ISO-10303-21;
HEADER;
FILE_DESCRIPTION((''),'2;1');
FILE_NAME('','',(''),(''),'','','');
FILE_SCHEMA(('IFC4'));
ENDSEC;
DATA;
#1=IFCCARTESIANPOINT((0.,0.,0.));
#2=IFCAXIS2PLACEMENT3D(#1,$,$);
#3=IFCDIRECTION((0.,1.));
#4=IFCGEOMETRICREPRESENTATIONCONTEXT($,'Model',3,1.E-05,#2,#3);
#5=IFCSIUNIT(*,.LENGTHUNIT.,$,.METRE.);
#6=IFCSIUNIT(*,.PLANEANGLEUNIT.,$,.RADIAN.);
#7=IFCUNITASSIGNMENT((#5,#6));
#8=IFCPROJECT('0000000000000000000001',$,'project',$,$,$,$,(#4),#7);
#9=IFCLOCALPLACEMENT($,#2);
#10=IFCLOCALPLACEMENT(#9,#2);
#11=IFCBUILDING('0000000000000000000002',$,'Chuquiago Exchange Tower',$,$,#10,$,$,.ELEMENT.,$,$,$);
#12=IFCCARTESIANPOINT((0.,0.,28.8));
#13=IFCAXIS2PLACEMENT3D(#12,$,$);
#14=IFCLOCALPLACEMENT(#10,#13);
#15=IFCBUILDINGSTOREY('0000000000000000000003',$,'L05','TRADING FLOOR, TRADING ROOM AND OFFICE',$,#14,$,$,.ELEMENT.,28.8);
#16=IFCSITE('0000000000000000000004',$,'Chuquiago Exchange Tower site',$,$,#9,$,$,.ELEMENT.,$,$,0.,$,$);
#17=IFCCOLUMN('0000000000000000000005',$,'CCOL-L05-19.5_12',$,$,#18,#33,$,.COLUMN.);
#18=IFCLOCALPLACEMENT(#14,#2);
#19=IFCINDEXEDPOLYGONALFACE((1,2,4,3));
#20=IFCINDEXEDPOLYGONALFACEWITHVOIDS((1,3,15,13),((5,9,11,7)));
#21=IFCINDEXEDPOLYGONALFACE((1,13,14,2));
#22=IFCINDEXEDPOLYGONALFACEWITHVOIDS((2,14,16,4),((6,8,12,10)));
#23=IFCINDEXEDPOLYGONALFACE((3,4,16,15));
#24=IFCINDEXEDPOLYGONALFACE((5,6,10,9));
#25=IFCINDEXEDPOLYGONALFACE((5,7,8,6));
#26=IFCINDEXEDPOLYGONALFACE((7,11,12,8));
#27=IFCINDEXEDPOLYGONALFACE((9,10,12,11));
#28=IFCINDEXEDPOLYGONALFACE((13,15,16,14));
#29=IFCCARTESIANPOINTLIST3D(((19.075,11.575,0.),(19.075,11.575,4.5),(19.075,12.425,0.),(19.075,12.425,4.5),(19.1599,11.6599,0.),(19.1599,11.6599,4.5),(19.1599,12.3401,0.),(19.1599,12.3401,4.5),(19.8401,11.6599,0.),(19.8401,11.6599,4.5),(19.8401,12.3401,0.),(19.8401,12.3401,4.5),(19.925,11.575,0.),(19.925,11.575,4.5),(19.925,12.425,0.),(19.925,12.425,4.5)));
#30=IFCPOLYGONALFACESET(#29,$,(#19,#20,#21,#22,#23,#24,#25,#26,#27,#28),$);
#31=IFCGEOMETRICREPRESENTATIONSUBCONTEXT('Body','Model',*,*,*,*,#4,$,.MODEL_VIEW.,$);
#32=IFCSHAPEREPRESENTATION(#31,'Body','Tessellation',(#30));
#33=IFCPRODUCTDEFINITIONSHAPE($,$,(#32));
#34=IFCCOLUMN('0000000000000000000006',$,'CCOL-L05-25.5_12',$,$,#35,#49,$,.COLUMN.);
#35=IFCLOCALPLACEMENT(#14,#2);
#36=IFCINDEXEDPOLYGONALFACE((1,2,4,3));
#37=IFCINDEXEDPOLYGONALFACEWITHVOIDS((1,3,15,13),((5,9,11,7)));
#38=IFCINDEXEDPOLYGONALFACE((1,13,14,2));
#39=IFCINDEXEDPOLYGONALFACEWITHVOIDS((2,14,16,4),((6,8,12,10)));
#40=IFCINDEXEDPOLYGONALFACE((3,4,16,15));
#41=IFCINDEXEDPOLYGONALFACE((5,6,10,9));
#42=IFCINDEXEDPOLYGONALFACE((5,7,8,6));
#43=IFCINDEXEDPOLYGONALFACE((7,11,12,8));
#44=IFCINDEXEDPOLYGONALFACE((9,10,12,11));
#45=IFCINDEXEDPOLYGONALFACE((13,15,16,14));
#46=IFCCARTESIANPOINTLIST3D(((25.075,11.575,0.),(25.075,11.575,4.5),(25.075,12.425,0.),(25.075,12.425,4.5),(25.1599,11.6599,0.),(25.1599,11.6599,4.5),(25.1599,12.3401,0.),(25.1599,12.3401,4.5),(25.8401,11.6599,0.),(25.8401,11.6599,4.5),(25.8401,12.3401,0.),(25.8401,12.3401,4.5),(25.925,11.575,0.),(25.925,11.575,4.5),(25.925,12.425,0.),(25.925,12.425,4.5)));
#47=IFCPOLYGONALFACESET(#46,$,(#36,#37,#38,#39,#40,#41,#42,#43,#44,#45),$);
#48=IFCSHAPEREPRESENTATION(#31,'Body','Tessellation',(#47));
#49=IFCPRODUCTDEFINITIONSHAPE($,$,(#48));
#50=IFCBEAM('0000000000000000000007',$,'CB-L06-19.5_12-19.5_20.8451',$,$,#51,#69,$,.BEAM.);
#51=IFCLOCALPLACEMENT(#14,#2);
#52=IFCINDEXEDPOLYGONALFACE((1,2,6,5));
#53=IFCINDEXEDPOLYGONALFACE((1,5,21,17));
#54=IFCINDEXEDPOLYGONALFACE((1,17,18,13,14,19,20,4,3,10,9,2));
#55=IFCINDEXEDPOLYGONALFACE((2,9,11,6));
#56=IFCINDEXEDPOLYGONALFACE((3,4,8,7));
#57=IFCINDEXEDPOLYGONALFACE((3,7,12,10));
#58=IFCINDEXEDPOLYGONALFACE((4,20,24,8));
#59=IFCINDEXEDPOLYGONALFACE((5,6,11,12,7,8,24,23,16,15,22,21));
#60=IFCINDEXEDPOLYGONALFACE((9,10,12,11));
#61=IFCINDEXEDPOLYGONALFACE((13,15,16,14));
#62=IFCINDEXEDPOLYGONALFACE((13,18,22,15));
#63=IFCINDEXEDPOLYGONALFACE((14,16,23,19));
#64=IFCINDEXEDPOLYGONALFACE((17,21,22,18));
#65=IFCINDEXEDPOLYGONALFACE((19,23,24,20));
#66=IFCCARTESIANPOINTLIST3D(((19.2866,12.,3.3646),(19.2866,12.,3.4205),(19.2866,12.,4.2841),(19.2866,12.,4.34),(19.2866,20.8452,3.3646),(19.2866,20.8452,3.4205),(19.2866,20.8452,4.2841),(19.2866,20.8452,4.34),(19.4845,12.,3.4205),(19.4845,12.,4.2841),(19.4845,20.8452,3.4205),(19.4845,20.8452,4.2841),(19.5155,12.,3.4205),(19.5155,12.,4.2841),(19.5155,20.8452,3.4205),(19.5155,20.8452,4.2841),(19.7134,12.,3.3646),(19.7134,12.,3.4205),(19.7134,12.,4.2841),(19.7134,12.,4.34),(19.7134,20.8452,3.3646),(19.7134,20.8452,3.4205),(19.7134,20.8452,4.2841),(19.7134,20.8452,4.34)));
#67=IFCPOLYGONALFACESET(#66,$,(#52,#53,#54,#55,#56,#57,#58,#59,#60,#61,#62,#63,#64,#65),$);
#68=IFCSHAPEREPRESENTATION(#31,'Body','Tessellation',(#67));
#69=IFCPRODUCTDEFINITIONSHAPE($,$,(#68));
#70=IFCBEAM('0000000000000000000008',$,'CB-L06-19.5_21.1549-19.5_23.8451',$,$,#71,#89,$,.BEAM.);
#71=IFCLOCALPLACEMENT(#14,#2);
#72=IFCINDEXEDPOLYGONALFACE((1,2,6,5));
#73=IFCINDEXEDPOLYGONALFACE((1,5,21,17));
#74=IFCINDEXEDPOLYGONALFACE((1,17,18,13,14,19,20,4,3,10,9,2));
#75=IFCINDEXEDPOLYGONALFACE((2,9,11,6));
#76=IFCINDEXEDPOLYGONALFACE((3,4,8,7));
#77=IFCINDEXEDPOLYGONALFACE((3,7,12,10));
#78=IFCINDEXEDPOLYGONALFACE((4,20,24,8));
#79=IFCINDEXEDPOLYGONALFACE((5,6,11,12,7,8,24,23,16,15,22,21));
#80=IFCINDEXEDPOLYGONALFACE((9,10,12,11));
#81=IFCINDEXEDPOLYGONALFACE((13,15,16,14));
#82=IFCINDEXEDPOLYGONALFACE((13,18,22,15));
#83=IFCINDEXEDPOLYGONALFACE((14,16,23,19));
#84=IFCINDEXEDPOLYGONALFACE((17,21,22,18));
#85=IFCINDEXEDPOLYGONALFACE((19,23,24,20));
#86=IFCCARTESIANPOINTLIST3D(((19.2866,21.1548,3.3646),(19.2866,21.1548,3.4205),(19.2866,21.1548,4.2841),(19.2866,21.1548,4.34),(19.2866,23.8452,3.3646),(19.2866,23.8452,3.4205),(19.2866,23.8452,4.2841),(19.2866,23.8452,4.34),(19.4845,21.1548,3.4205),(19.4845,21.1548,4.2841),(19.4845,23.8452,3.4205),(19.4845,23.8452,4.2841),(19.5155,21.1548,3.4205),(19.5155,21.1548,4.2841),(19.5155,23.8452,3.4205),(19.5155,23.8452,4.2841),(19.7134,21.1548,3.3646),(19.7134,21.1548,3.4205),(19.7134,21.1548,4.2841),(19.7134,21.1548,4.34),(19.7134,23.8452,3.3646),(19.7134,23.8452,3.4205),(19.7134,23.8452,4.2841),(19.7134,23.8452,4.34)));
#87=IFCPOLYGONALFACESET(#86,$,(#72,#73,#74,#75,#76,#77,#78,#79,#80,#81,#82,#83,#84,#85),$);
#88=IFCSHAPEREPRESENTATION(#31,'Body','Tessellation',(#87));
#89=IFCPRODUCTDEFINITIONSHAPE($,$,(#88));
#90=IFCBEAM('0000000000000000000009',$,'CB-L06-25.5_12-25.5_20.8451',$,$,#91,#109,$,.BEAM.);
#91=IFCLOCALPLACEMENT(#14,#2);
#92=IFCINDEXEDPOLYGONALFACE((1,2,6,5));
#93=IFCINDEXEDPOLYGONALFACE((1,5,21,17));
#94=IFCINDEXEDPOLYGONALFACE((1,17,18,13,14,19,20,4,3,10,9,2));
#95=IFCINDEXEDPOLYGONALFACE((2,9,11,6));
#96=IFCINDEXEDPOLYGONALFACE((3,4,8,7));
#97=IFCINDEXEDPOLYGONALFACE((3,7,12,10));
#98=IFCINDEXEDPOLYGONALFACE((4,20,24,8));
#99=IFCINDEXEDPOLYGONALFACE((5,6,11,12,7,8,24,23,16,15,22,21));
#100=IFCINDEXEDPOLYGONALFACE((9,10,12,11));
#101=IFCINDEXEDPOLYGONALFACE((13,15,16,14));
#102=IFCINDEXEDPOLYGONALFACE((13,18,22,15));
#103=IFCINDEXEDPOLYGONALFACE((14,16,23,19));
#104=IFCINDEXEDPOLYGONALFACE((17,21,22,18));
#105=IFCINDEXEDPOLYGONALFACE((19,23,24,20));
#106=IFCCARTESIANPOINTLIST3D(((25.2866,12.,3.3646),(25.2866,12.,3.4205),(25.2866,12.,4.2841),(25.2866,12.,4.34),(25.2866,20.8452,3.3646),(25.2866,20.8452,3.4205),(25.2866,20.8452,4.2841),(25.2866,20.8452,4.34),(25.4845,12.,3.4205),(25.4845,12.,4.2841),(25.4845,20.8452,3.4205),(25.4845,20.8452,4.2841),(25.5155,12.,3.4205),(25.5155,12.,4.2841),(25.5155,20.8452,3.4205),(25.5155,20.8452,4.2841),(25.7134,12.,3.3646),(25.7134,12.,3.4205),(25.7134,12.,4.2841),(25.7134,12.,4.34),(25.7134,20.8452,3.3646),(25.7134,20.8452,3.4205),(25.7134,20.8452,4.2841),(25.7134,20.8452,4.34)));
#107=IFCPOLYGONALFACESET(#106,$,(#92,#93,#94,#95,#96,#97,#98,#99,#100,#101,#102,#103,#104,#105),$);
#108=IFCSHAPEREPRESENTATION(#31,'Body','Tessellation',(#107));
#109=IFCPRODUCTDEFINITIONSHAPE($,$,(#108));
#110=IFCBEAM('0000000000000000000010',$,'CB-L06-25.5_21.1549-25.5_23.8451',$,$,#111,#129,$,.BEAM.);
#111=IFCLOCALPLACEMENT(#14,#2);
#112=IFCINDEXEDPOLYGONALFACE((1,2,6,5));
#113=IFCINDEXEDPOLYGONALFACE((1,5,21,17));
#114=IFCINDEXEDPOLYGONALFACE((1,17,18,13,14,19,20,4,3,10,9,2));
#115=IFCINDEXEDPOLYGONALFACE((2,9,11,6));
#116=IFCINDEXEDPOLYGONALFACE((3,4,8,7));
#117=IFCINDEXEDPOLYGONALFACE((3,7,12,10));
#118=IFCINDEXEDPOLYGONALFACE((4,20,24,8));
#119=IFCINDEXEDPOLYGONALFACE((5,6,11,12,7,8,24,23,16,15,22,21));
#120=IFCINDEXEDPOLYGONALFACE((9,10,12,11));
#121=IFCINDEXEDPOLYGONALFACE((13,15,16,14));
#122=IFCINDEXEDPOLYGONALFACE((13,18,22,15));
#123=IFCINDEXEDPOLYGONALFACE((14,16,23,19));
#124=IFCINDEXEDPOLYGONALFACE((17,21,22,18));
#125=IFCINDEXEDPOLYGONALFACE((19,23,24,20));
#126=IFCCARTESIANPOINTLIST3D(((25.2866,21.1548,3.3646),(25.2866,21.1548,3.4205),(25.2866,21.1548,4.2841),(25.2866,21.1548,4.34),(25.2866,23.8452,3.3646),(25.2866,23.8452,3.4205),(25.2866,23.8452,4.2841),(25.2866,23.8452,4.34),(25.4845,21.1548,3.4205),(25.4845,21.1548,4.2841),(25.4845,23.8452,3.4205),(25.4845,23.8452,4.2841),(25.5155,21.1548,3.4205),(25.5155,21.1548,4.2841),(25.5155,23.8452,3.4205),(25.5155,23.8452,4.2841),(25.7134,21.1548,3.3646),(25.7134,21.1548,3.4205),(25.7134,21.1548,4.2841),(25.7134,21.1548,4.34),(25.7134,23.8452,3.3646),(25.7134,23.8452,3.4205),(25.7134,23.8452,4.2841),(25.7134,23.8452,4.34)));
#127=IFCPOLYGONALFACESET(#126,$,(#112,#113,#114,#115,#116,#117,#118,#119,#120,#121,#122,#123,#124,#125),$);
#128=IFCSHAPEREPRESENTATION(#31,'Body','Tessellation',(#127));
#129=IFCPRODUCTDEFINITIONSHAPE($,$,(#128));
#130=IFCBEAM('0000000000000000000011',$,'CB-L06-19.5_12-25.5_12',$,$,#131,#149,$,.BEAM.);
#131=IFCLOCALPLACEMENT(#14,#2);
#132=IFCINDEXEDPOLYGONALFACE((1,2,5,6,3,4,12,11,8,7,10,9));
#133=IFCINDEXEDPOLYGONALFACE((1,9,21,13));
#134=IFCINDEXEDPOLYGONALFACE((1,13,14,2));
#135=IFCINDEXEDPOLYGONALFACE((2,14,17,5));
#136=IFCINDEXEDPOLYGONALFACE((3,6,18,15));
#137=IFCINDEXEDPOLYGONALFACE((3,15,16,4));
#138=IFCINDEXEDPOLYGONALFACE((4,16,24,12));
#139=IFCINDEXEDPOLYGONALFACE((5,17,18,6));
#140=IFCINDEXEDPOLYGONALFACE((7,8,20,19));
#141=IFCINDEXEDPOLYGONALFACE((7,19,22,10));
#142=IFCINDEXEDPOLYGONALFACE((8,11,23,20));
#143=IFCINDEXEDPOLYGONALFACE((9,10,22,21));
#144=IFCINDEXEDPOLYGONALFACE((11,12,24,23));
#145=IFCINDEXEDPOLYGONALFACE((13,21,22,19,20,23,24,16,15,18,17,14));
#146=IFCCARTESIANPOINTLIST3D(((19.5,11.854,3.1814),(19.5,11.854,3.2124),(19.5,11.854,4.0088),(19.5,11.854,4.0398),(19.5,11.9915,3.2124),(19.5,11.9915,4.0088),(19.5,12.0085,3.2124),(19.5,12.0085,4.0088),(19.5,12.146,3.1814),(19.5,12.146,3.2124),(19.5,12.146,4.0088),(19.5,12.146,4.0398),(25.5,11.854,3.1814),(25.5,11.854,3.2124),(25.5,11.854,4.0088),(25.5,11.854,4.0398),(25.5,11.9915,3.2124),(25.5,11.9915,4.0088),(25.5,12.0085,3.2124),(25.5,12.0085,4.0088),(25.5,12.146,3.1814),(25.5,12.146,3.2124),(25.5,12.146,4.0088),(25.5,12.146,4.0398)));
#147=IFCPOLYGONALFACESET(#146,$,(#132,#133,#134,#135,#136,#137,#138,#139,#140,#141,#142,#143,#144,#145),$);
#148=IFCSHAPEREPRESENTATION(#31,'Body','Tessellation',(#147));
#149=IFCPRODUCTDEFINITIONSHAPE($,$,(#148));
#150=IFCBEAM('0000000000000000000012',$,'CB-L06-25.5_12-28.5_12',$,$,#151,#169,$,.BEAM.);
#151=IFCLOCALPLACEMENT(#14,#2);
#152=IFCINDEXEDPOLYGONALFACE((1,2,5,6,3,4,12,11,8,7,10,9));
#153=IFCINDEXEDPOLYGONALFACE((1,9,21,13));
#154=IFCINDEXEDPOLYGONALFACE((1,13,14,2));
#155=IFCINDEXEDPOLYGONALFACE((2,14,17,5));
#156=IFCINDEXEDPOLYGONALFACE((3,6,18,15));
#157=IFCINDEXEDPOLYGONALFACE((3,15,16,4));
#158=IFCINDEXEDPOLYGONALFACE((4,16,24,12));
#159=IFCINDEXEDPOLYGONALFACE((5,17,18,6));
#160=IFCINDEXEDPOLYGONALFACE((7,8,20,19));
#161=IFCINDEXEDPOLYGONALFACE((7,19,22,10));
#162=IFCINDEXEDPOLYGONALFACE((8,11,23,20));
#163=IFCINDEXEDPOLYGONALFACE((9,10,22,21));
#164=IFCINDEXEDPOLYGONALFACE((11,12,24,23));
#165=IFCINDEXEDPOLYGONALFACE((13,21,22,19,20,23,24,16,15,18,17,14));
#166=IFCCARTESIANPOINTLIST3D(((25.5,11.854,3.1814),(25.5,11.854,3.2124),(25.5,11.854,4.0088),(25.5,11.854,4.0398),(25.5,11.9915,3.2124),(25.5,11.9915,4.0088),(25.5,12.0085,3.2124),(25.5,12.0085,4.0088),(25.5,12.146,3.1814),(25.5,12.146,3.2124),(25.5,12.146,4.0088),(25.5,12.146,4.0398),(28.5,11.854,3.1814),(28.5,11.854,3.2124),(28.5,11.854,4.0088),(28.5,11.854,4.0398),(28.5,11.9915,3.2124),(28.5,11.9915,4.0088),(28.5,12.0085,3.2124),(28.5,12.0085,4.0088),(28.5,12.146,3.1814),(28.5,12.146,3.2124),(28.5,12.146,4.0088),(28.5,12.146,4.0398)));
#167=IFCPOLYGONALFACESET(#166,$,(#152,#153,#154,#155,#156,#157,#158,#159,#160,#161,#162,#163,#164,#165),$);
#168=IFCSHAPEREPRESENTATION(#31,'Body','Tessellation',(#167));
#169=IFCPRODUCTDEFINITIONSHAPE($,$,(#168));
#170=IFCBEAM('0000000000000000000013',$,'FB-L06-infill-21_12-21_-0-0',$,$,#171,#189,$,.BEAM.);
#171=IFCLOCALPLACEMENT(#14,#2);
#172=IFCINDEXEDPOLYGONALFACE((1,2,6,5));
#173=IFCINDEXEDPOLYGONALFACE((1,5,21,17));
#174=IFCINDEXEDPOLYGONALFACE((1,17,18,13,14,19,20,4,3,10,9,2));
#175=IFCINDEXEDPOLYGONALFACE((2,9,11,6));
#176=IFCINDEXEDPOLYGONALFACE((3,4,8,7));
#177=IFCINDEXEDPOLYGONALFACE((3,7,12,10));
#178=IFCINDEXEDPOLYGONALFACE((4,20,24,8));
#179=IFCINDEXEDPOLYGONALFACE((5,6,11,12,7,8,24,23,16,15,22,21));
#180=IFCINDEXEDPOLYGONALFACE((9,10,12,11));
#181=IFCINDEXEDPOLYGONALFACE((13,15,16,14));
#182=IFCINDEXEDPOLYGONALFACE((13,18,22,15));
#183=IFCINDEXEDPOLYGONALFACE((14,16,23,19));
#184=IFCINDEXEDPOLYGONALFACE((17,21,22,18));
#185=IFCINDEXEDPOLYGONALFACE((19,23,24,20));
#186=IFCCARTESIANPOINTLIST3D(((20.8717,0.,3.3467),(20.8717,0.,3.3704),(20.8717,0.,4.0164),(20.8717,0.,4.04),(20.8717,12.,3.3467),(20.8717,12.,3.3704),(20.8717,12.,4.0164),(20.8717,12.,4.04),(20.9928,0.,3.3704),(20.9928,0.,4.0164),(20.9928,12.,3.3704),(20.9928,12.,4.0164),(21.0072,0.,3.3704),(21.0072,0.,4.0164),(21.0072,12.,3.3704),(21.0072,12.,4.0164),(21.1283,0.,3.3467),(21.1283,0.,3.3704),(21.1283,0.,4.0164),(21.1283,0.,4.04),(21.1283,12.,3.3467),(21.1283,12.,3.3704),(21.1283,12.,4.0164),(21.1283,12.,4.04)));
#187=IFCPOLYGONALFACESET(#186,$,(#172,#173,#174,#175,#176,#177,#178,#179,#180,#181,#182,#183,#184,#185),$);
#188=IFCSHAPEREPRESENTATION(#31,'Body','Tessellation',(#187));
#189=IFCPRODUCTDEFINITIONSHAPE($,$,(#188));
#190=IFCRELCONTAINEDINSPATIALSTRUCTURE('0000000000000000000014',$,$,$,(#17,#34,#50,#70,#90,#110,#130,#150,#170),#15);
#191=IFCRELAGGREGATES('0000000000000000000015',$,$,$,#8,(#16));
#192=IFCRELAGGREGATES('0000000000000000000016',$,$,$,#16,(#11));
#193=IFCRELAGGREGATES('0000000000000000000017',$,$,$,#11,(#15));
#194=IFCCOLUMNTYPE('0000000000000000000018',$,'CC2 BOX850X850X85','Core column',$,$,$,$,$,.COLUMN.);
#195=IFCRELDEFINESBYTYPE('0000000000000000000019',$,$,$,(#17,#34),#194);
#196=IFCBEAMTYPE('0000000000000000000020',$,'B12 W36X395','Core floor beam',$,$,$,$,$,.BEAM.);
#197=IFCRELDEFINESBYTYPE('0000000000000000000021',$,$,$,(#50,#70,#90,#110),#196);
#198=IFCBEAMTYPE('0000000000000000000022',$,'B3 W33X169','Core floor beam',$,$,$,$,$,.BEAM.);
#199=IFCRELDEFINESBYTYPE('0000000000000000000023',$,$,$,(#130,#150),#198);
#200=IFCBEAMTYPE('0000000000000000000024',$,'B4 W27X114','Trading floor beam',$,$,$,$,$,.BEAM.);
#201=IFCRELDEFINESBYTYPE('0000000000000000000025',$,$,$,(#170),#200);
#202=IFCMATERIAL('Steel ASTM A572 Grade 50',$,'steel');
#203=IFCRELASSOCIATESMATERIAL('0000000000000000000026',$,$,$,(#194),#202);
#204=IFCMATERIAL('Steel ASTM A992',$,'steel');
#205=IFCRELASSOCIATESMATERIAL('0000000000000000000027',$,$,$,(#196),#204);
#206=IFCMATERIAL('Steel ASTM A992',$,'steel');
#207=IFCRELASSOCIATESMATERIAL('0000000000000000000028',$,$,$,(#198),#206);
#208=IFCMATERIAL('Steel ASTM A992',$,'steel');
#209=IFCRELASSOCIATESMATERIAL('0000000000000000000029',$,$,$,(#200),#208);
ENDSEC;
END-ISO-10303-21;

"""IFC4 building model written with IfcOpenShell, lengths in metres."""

from ifc_helpers import new_model, si_unit, direction, frame, origin, origin_2d, place, context, subcontext, project, spatial, hollow_rectangle, i_section, extrude, material, material_profile, profile_set, type_object, element, save


model = new_model("IFC4")

# Units and contexts
model_context = context("Model", 3, precision=1e-05, world=origin(), true_north=direction((0.0, 1.0)))
body_context = subcontext(model_context, "Body", "Model", "MODEL_VIEW")
ifc_project = project(units=[si_unit("LENGTHUNIT", "METRE"), si_unit("PLANEANGLEUNIT", "RADIAN")], contexts=[model_context])

# Site, building, storey
site_placement = place(None, origin())
site = spatial("IfcSite", under=ifc_project, at=site_placement, Name="Chuquiago Exchange Tower site", CompositionType="ELEMENT", RefElevation=0.0)
building_placement = place(site_placement, origin())
building = spatial("IfcBuilding", under=site, at=building_placement, Name="Chuquiago Exchange Tower", CompositionType="ELEMENT")
storey_placement = place(building_placement, frame((0.0, 0.0, 28.8)))
storey = spatial("IfcBuildingStorey", under=building, at=storey_placement, Name="L05", Description="TRADING FLOOR, TRADING ROOM AND OFFICE", CompositionType="ELEMENT", Elevation=28.8)

# Columns
ifc_material_1 = material(Name="Steel ASTM A572 Grade 50", Category="steel")
ifc_material_profile_1 = material_profile(ifc_material_1, hollow_rectangle(XDim=0.8501, YDim=0.8501, WallThickness=0.085, at=origin_2d()), Name="BOX850X850X85")
ifc_profile_set_1 = profile_set([ifc_material_profile_1], Name="Steel ASTM A572 Grade 50")
column_type = type_object("IfcColumnType", Name="CC2 BOX850X850X85", Description="Core column", PredefinedType="COLUMN", material=ifc_profile_set_1)
for number, where, z_axis, x_axis, name in (
    (1, (19.5, 12.0, 0.0), (0.0, 0.0, 1.0), (1.0, 0.0, 0.0), "CCOL-L05-19.5_12"),
    (2, (25.5, 12.0, 0.0), (0.0, 0.0, 1.0), (1.0, 0.0, 0.0), "CCOL-L05-25.5_12"),
):
    element("IfcColumn", number, at=place(storey_placement, frame(where, z_axis=z_axis, x_axis=x_axis)), inside=storey, type_object=column_type, Name=name, PredefinedType="COLUMN", context=body_context, shape_type="SweptSolid", body=[
        extrude(hollow_rectangle(XDim=0.8501, YDim=0.8501, WallThickness=0.085, at=origin_2d()), origin(), (0.0, 0.0, 1.0), 4.5),
    ])

# Beams
ifc_material_2 = material(Name="Steel ASTM A992", Category="steel")
ifc_material_profile_2 = material_profile(ifc_material_2, i_section(OverallWidth=0.4268, OverallDepth=0.9753, WebThickness=0.031, FlangeThickness=0.0559, at=origin_2d()), Name="W36X395")
ifc_profile_set_2 = profile_set([ifc_material_profile_2], Name="Steel ASTM A992")
beam_type_1 = type_object("IfcBeamType", Name="B12 W36X395", Description="Core floor beam", PredefinedType="BEAM", material=ifc_profile_set_2)
beam_1_placement = place(storey_placement, frame((19.5, 12.0, 3.8523), z_axis=(0.0, 1.0, 0.0), x_axis=(-1.0, 0.0, 0.0)))
element("IfcBeam", 3, at=beam_1_placement, inside=storey, type_object=beam_type_1, Name="CB-L06-19.5_12-19.5_20.8451", PredefinedType="BEAM", context=body_context, shape_type="SweptSolid", body=[
    extrude(i_section(OverallWidth=0.4268, OverallDepth=0.9753, WebThickness=0.031, FlangeThickness=0.0559, at=origin_2d()), origin(), (0.0, 0.0, 1.0), 8.8452),
])
beam_2_placement = place(storey_placement, frame((19.5, 21.1548, 3.8523), z_axis=(0.0, 1.0, 0.0), x_axis=(-1.0, 0.0, 0.0)))
element("IfcBeam", 4, at=beam_2_placement, inside=storey, type_object=beam_type_1, Name="CB-L06-19.5_21.1549-19.5_23.8451", PredefinedType="BEAM", context=body_context, shape_type="SweptSolid", body=[
    extrude(i_section(OverallWidth=0.4268, OverallDepth=0.9753, WebThickness=0.031, FlangeThickness=0.0559, at=origin_2d()), origin(), (0.0, 0.0, 1.0), 2.6904),
])
beam_3_placement = place(storey_placement, frame((25.5, 12.0, 3.8523), z_axis=(0.0, 1.0, 0.0), x_axis=(-1.0, 0.0, 0.0)))
element("IfcBeam", 5, at=beam_3_placement, inside=storey, type_object=beam_type_1, Name="CB-L06-25.5_12-25.5_20.8451", PredefinedType="BEAM", context=body_context, shape_type="SweptSolid", body=[
    extrude(i_section(OverallWidth=0.4268, OverallDepth=0.9753, WebThickness=0.031, FlangeThickness=0.0559, at=origin_2d()), origin(), (0.0, 0.0, 1.0), 8.8452),
])
beam_4_placement = place(storey_placement, frame((25.5, 21.1548, 3.8523), z_axis=(0.0, 1.0, 0.0), x_axis=(-1.0, 0.0, 0.0)))
element("IfcBeam", 6, at=beam_4_placement, inside=storey, type_object=beam_type_1, Name="CB-L06-25.5_21.1549-25.5_23.8451", PredefinedType="BEAM", context=body_context, shape_type="SweptSolid", body=[
    extrude(i_section(OverallWidth=0.4268, OverallDepth=0.9753, WebThickness=0.031, FlangeThickness=0.0559, at=origin_2d()), origin(), (0.0, 0.0, 1.0), 2.6904),
])
ifc_material_3 = material(Name="Steel ASTM A992", Category="steel")
ifc_material_profile_3 = material_profile(ifc_material_3, i_section(OverallWidth=0.292, OverallDepth=0.8584, WebThickness=0.0171, FlangeThickness=0.031, at=origin_2d()), Name="W33X169")
ifc_profile_set_3 = profile_set([ifc_material_profile_3], Name="Steel ASTM A992")
beam_type_2 = type_object("IfcBeamType", Name="B3 W33X169", Description="Core floor beam", PredefinedType="BEAM", material=ifc_profile_set_3)
beam_5_placement = place(storey_placement, frame((19.5, 12.0, 3.6106), z_axis=(1.0, 0.0, 0.0), x_axis=(0.0, 1.0, 0.0)))
element("IfcBeam", 7, at=beam_5_placement, inside=storey, type_object=beam_type_2, Name="CB-L06-19.5_12-25.5_12", PredefinedType="BEAM", context=body_context, shape_type="SweptSolid", body=[
    extrude(i_section(OverallWidth=0.292, OverallDepth=0.8584, WebThickness=0.0171, FlangeThickness=0.031, at=origin_2d()), origin(), (0.0, 0.0, 1.0), 6.0),
])
beam_6_placement = place(storey_placement, frame((25.5, 12.0, 3.6106), z_axis=(1.0, 0.0, 0.0), x_axis=(0.0, 1.0, 0.0)))
element("IfcBeam", 8, at=beam_6_placement, inside=storey, type_object=beam_type_2, Name="CB-L06-25.5_12-28.5_12", PredefinedType="BEAM", context=body_context, shape_type="SweptSolid", body=[
    extrude(i_section(OverallWidth=0.292, OverallDepth=0.8584, WebThickness=0.0171, FlangeThickness=0.031, at=origin_2d()), origin(), (0.0, 0.0, 1.0), 3.0),
])
ifc_material_4 = material(Name="Steel ASTM A992", Category="steel")
ifc_material_profile_4 = material_profile(ifc_material_4, i_section(OverallWidth=0.2566, OverallDepth=0.6934, WebThickness=0.0144, FlangeThickness=0.0237, at=origin_2d()), Name="W27X114")
ifc_profile_set_4 = profile_set([ifc_material_profile_4], Name="Steel ASTM A992")
beam_type_3 = type_object("IfcBeamType", Name="B4 W27X114", Description="Trading floor beam", PredefinedType="BEAM", material=ifc_profile_set_4)
for number, where, z_axis, x_axis, name in (
    (9, (21.0, 12.0, 3.6934), (0.0, -1.0, 0.0), (1.0, 0.0, 0.0), "FB-L06-infill-21_12-21_-0-0"),
):
    element("IfcBeam", number, at=place(storey_placement, frame(where, z_axis=z_axis, x_axis=x_axis)), inside=storey, type_object=beam_type_3, Name=name, PredefinedType="BEAM", context=body_context, shape_type="SweptSolid", body=[
        extrude(i_section(OverallWidth=0.2566, OverallDepth=0.6934, WebThickness=0.0144, FlangeThickness=0.0237, at=origin_2d()), origin(), (0.0, 0.0, 1.0), 12.0),
    ])

save(model, "model.ifc")
